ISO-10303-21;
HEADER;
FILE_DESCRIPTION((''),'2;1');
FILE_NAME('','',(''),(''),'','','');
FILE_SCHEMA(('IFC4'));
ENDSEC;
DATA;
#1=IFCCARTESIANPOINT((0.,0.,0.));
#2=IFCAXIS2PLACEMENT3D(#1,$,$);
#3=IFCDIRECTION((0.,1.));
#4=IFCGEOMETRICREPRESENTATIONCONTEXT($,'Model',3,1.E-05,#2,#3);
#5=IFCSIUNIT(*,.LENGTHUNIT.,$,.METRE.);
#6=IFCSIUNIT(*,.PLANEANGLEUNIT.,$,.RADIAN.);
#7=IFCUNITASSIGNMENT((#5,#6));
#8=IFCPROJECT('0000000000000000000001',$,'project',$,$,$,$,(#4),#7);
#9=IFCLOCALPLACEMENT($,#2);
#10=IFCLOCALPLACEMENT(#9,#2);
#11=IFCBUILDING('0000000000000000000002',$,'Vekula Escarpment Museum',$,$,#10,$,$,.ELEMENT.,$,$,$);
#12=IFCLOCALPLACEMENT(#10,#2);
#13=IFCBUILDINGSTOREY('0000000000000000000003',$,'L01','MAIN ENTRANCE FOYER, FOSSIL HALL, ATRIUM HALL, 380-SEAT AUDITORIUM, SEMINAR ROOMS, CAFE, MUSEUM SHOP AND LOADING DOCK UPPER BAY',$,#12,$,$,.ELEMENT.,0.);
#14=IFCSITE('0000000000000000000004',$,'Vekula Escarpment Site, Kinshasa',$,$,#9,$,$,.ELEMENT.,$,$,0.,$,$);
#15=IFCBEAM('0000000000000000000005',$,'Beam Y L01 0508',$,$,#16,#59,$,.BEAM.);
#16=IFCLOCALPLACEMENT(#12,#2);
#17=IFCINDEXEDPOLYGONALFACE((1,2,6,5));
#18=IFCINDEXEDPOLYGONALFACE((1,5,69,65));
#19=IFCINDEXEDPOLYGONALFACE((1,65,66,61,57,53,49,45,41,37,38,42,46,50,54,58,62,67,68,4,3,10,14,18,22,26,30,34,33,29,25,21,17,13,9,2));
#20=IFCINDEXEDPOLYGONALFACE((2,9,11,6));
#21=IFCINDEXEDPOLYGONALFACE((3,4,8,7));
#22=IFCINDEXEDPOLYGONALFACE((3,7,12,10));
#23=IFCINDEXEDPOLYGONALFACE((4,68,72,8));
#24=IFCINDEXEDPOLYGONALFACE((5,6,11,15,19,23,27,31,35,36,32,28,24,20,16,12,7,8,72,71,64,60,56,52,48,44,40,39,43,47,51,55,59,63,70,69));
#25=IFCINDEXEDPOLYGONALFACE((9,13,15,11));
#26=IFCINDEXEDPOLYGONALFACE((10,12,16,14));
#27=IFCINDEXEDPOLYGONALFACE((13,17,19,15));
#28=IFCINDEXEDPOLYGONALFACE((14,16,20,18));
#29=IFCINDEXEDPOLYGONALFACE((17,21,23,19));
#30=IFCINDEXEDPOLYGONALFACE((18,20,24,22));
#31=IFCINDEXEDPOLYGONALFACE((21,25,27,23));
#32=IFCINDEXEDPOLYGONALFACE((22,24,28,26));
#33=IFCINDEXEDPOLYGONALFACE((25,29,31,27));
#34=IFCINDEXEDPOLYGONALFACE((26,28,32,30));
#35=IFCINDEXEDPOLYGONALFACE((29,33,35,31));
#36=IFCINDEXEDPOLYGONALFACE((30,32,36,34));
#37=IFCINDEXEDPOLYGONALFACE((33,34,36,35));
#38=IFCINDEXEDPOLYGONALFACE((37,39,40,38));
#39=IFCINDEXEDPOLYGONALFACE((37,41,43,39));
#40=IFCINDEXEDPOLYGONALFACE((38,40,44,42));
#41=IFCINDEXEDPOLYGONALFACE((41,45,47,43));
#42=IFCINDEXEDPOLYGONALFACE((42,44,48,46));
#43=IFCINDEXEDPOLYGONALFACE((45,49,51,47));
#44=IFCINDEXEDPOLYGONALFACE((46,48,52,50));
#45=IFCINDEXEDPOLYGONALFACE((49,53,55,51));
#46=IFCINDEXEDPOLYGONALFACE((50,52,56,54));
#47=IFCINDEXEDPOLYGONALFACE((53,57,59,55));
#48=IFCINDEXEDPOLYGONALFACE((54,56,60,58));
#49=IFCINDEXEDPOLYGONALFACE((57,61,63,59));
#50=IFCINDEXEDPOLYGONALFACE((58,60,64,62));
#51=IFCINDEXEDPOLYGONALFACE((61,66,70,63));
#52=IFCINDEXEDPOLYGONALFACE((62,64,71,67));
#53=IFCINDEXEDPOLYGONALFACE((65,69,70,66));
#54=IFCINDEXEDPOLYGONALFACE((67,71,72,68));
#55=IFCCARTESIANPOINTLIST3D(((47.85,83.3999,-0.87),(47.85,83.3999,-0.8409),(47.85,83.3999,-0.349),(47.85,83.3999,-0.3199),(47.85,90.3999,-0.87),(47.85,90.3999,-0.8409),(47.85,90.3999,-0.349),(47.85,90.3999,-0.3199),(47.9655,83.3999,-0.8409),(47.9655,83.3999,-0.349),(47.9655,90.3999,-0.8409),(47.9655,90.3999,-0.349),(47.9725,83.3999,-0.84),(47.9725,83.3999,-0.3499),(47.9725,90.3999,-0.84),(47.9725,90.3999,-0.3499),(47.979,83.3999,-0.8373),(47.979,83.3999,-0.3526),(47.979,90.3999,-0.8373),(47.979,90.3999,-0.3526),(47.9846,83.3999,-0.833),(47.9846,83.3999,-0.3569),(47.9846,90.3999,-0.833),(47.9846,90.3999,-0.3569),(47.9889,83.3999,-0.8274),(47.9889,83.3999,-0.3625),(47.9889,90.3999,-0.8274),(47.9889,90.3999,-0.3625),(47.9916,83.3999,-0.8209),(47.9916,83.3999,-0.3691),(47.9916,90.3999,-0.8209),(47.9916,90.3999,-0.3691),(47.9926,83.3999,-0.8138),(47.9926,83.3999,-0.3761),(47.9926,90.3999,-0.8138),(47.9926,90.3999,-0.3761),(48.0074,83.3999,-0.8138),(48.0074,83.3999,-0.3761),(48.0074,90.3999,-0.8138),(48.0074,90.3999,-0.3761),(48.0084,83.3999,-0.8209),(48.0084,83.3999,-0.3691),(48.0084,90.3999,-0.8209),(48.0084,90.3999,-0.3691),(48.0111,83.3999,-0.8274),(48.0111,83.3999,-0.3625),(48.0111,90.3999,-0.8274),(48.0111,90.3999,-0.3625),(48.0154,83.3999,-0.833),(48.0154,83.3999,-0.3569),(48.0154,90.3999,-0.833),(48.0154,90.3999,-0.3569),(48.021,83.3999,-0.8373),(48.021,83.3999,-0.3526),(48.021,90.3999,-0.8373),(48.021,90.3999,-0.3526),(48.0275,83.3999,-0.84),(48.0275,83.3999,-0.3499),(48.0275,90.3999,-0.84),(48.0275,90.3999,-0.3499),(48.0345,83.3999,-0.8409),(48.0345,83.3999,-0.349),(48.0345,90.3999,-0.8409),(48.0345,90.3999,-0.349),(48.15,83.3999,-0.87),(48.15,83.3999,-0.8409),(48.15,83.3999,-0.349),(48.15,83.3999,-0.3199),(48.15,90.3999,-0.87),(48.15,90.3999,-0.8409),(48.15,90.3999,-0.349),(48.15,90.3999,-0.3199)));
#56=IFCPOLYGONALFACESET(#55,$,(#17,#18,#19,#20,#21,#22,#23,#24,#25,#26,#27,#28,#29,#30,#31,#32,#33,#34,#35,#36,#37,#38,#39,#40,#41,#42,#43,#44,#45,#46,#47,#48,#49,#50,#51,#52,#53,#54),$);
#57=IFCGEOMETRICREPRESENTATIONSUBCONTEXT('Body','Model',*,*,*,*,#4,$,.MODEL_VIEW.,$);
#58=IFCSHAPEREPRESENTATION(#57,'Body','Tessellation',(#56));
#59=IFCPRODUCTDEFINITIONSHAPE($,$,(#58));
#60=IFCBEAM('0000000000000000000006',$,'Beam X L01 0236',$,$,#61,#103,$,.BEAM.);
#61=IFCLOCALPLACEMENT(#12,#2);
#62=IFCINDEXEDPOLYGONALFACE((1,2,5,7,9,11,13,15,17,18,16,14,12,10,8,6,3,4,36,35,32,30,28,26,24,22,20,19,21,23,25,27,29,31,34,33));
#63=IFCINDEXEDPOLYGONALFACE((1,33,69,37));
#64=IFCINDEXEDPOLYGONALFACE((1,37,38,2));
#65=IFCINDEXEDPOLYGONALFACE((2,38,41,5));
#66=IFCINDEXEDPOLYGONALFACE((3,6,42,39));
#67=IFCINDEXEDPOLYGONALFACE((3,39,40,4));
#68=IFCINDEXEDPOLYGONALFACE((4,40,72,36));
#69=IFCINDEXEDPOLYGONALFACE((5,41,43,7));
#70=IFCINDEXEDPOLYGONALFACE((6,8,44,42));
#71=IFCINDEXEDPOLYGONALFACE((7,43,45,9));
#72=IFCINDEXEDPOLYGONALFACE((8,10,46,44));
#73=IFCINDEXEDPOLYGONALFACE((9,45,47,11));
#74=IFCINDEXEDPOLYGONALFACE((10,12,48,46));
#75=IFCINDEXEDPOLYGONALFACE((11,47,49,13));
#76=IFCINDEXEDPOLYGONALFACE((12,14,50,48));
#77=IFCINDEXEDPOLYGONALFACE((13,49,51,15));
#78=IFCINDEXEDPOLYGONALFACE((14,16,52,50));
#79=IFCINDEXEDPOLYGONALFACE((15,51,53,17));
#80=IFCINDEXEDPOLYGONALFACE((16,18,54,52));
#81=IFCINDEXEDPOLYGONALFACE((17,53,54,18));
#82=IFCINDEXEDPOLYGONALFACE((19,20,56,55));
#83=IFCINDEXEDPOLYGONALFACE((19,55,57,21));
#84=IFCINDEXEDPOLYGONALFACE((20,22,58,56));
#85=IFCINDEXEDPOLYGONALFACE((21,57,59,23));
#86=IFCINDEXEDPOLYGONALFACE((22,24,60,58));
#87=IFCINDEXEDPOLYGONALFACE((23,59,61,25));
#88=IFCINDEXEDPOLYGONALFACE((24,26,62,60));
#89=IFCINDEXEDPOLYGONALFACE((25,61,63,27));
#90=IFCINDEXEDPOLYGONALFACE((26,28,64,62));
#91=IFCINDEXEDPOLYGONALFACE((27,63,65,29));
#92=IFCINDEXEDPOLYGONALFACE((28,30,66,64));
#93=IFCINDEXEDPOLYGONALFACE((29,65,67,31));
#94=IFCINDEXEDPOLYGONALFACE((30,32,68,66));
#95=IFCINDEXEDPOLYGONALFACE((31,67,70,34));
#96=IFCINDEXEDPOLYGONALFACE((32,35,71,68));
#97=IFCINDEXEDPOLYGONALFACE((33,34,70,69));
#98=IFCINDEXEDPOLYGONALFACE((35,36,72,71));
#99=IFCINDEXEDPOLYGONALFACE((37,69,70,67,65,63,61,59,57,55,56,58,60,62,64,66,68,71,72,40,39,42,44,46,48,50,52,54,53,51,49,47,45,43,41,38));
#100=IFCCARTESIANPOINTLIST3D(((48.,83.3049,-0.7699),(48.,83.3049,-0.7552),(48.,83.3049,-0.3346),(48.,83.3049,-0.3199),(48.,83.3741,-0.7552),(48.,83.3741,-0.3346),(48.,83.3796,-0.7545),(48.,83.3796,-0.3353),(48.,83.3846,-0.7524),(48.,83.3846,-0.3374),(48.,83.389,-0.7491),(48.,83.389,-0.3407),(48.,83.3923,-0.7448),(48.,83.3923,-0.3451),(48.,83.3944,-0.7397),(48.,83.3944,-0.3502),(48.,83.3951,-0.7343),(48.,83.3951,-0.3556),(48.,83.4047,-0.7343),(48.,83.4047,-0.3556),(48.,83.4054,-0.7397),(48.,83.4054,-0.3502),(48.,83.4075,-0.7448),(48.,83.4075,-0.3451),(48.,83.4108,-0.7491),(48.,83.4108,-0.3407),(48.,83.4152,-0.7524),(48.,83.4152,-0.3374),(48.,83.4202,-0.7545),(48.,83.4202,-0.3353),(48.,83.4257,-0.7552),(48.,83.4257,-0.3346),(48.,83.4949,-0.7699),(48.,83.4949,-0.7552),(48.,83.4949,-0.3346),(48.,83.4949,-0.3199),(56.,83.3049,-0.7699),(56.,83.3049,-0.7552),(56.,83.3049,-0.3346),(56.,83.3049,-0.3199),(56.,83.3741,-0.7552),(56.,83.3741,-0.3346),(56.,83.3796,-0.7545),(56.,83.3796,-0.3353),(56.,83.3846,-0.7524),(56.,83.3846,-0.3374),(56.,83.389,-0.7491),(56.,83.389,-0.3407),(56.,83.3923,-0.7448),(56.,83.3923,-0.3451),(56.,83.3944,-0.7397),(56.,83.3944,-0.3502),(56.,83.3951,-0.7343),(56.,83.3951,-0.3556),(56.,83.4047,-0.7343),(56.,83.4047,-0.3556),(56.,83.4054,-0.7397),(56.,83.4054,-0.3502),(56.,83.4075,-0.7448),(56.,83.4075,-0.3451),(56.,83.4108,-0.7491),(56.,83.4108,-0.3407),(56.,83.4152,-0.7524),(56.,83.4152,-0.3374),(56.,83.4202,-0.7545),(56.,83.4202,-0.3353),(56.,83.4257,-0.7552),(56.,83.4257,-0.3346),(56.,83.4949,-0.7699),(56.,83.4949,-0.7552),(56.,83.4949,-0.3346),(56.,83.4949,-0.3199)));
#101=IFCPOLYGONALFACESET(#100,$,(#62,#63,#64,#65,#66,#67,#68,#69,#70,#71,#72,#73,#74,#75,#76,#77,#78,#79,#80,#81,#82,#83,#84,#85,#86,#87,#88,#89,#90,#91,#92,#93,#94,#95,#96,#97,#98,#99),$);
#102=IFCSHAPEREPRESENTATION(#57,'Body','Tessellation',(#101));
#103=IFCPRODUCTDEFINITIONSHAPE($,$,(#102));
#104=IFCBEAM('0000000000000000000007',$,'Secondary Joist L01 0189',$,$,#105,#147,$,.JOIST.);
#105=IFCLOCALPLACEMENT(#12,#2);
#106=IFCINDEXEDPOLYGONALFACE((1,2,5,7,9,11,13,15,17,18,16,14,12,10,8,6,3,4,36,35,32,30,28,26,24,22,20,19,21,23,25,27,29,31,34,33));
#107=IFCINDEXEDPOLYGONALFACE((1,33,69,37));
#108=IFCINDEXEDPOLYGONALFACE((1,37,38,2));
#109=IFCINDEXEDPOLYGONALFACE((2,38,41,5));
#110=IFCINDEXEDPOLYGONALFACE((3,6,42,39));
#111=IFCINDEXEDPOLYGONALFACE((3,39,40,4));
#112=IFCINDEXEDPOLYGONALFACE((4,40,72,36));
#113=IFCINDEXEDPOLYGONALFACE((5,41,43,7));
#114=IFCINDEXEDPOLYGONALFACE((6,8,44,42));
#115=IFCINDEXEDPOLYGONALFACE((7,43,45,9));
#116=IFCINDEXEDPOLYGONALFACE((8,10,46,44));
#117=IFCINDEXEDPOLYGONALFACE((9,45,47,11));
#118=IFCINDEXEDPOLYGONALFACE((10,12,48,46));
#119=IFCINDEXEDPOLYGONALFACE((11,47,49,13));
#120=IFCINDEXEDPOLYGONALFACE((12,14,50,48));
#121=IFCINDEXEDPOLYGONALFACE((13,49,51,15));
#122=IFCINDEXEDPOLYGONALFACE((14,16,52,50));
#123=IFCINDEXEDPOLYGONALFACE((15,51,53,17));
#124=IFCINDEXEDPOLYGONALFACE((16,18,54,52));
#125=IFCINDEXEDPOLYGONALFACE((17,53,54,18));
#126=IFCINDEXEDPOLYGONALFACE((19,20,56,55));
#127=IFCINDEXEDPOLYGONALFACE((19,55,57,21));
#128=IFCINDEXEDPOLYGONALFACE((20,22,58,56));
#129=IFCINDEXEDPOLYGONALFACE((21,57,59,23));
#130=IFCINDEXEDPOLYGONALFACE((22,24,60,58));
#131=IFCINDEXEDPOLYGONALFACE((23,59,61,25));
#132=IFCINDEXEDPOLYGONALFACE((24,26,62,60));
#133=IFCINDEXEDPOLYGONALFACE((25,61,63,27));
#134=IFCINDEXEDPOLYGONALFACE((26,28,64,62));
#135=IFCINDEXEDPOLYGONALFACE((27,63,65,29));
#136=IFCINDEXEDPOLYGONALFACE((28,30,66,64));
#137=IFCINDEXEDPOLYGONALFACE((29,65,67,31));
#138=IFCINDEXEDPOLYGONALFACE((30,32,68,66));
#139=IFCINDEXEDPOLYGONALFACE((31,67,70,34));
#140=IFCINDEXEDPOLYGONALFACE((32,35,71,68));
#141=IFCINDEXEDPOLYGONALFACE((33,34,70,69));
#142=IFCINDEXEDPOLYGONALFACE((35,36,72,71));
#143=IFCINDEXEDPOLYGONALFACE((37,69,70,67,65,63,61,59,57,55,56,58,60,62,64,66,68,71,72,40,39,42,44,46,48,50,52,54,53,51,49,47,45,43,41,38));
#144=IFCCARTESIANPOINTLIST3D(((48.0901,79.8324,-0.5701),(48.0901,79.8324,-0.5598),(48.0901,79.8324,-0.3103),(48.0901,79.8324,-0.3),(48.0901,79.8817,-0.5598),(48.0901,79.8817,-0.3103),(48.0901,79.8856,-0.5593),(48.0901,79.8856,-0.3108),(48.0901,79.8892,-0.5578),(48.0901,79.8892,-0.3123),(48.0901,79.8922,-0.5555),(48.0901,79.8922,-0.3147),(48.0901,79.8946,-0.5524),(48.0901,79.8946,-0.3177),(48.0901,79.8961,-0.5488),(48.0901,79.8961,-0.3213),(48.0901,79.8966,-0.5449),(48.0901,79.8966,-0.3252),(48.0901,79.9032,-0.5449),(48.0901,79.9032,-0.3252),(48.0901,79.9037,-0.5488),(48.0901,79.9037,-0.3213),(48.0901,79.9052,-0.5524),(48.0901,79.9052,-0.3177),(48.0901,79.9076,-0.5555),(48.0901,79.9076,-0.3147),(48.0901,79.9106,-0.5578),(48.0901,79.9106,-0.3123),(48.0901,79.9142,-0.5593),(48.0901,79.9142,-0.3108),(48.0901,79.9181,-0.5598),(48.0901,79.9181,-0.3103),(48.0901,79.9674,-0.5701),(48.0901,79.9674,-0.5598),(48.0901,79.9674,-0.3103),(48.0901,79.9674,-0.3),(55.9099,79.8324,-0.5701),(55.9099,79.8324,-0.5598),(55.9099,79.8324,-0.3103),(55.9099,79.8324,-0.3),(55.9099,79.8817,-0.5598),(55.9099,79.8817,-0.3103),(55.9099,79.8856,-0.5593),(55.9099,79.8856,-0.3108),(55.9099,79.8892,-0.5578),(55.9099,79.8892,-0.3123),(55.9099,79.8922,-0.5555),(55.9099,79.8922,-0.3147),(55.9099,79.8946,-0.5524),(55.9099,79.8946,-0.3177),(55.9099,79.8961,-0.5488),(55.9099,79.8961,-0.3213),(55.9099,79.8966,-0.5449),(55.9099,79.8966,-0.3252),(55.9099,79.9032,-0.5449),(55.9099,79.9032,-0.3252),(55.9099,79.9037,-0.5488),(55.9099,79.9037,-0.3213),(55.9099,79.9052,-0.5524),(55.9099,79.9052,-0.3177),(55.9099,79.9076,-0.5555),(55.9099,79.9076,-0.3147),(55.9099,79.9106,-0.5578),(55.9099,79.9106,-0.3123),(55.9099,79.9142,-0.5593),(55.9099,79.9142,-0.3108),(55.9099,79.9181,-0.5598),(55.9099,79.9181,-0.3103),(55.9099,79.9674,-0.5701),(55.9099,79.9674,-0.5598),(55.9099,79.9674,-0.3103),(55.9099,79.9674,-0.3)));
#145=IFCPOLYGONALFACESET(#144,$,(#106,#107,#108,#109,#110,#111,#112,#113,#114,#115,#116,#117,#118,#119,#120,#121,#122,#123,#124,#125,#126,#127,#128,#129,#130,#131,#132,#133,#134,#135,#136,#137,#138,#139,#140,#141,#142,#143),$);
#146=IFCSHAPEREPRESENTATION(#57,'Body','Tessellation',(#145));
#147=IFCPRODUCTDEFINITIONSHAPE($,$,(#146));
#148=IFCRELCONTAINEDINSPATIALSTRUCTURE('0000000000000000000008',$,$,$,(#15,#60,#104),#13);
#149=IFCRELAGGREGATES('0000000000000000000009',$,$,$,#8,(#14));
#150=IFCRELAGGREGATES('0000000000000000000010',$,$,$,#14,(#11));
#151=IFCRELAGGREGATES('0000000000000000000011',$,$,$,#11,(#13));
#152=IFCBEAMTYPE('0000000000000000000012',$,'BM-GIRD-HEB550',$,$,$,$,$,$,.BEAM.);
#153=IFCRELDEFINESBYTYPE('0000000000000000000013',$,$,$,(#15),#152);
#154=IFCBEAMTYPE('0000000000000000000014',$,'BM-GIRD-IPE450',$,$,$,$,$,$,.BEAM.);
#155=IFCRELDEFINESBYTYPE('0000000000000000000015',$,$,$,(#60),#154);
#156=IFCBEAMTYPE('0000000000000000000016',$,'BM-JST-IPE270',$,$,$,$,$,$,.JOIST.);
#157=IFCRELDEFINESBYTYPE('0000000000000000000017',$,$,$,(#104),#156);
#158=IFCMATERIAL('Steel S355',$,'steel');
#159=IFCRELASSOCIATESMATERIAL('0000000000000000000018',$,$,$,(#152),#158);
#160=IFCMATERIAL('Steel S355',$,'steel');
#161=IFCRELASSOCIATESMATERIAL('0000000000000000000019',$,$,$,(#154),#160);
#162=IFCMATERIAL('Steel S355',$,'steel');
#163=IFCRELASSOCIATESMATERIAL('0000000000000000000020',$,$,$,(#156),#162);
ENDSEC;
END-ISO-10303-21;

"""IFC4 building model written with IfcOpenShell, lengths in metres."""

from ifc_helpers import new_model, si_unit, direction, frame, origin, origin_2d, place, context, subcontext, project, spatial, i_section, extrude, material, material_profile, profile_set, type_object, element, save


model = new_model("IFC4")

# Units and contexts
model_context = context("Model", 3, precision=1e-05, world=origin(), true_north=direction((0.0, 1.0)))
body_context = subcontext(model_context, "Body", "Model", "MODEL_VIEW")
ifc_project = project(units=[si_unit("LENGTHUNIT", "METRE"), si_unit("PLANEANGLEUNIT", "RADIAN")], contexts=[model_context])

# Site, building, storey
site_placement = place(None, origin())
site = spatial("IfcSite", under=ifc_project, at=site_placement, Name="Vekula Escarpment Site, Kinshasa", CompositionType="ELEMENT", RefElevation=0.0)
building_placement = place(site_placement, origin())
building = spatial("IfcBuilding", under=site, at=building_placement, Name="Vekula Escarpment Museum", CompositionType="ELEMENT")
storey_placement = place(building_placement, origin())
storey = spatial("IfcBuildingStorey", under=building, at=storey_placement, Name="L01", Description="MAIN ENTRANCE FOYER, FOSSIL HALL, ATRIUM HALL, 380-SEAT AUDITORIUM, SEMINAR ROOMS, CAFE, MUSEUM SHOP AND LOADING DOCK UPPER BAY", CompositionType="ELEMENT", Elevation=0.0)

# Beams
ifc_material_1 = material(Name="Steel S355", Category="steel")
ifc_material_profile_1 = material_profile(ifc_material_1, i_section(OverallWidth=0.3, OverallDepth=0.55, WebThickness=0.0149, FlangeThickness=0.0291, FilletRadius=0.0271, at=origin_2d()), Name="HEB 550")
ifc_profile_set_1 = profile_set([ifc_material_profile_1], Name="Steel S355")
beam_type_1 = type_object("IfcBeamType", Name="BM-GIRD-HEB550", PredefinedType="BEAM", material=ifc_profile_set_1)
for number, where, z_axis, x_axis, name in (
    (1, (48.0, 83.3999, -0.595), (0.0, 1.0, 0.0), (-1.0, 0.0, 0.0), "Beam Y L01 0508"),
):
    element("IfcBeam", number, at=place(storey_placement, frame(where, z_axis=z_axis, x_axis=x_axis)), inside=storey, type_object=beam_type_1, Name=name, PredefinedType="BEAM", context=body_context, shape_type="SweptSolid", body=[
        extrude(i_section(OverallWidth=0.3, OverallDepth=0.55, WebThickness=0.0149, FlangeThickness=0.0291, FilletRadius=0.0271, at=origin_2d()), origin(), (0.0, 0.0, 1.0), 7.0),
    ])
ifc_material_2 = material(Name="Steel S355", Category="steel")
ifc_material_profile_2 = material_profile(ifc_material_2, i_section(OverallWidth=0.1899, OverallDepth=0.45, WebThickness=0.0095, FlangeThickness=0.0146, FilletRadius=0.021, at=origin_2d()), Name="IPE 450")
ifc_profile_set_2 = profile_set([ifc_material_profile_2], Name="Steel S355")
beam_type_2 = type_object("IfcBeamType", Name="BM-GIRD-IPE450", PredefinedType="BEAM", material=ifc_profile_set_2)
beam_1_placement = place(storey_placement, frame((48.0, 83.3999, -0.5449), z_axis=(1.0, 0.0, 0.0), x_axis=(0.0, 1.0, 0.0)))
element("IfcBeam", 2, at=beam_1_placement, inside=storey, type_object=beam_type_2, Name="Beam X L01 0236", PredefinedType="BEAM", context=body_context, shape_type="SweptSolid", body=[
    extrude(i_section(OverallWidth=0.1899, OverallDepth=0.45, WebThickness=0.0095, FlangeThickness=0.0146, FilletRadius=0.021, at=origin_2d()), origin(), (0.0, 0.0, 1.0), 8.0),
])
ifc_material_3 = material(Name="Steel S355", Category="steel")
ifc_material_profile_3 = material_profile(ifc_material_3, i_section(OverallWidth=0.135, OverallDepth=0.27, WebThickness=0.0066, FlangeThickness=0.0103, FilletRadius=0.0149, at=origin_2d()), Name="IPE 270")
ifc_profile_set_3 = profile_set([ifc_material_profile_3], Name="Steel S355")
beam_type_3 = type_object("IfcBeamType", Name="BM-JST-IPE270", PredefinedType="JOIST", material=ifc_profile_set_3)
beam_2_placement = place(storey_placement, frame((48.0901, 79.8999, -0.4351), z_axis=(1.0, 0.0, 0.0), x_axis=(0.0, 1.0, 0.0)))
element("IfcBeam", 3, at=beam_2_placement, inside=storey, type_object=beam_type_3, Name="Secondary Joist L01 0189", PredefinedType="JOIST", context=body_context, shape_type="SweptSolid", body=[
    extrude(i_section(OverallWidth=0.135, OverallDepth=0.27, WebThickness=0.0066, FlangeThickness=0.0103, FilletRadius=0.0149, at=origin_2d()), origin(), (0.0, 0.0, 1.0), 7.8198),
])

save(model, "model.ifc")
